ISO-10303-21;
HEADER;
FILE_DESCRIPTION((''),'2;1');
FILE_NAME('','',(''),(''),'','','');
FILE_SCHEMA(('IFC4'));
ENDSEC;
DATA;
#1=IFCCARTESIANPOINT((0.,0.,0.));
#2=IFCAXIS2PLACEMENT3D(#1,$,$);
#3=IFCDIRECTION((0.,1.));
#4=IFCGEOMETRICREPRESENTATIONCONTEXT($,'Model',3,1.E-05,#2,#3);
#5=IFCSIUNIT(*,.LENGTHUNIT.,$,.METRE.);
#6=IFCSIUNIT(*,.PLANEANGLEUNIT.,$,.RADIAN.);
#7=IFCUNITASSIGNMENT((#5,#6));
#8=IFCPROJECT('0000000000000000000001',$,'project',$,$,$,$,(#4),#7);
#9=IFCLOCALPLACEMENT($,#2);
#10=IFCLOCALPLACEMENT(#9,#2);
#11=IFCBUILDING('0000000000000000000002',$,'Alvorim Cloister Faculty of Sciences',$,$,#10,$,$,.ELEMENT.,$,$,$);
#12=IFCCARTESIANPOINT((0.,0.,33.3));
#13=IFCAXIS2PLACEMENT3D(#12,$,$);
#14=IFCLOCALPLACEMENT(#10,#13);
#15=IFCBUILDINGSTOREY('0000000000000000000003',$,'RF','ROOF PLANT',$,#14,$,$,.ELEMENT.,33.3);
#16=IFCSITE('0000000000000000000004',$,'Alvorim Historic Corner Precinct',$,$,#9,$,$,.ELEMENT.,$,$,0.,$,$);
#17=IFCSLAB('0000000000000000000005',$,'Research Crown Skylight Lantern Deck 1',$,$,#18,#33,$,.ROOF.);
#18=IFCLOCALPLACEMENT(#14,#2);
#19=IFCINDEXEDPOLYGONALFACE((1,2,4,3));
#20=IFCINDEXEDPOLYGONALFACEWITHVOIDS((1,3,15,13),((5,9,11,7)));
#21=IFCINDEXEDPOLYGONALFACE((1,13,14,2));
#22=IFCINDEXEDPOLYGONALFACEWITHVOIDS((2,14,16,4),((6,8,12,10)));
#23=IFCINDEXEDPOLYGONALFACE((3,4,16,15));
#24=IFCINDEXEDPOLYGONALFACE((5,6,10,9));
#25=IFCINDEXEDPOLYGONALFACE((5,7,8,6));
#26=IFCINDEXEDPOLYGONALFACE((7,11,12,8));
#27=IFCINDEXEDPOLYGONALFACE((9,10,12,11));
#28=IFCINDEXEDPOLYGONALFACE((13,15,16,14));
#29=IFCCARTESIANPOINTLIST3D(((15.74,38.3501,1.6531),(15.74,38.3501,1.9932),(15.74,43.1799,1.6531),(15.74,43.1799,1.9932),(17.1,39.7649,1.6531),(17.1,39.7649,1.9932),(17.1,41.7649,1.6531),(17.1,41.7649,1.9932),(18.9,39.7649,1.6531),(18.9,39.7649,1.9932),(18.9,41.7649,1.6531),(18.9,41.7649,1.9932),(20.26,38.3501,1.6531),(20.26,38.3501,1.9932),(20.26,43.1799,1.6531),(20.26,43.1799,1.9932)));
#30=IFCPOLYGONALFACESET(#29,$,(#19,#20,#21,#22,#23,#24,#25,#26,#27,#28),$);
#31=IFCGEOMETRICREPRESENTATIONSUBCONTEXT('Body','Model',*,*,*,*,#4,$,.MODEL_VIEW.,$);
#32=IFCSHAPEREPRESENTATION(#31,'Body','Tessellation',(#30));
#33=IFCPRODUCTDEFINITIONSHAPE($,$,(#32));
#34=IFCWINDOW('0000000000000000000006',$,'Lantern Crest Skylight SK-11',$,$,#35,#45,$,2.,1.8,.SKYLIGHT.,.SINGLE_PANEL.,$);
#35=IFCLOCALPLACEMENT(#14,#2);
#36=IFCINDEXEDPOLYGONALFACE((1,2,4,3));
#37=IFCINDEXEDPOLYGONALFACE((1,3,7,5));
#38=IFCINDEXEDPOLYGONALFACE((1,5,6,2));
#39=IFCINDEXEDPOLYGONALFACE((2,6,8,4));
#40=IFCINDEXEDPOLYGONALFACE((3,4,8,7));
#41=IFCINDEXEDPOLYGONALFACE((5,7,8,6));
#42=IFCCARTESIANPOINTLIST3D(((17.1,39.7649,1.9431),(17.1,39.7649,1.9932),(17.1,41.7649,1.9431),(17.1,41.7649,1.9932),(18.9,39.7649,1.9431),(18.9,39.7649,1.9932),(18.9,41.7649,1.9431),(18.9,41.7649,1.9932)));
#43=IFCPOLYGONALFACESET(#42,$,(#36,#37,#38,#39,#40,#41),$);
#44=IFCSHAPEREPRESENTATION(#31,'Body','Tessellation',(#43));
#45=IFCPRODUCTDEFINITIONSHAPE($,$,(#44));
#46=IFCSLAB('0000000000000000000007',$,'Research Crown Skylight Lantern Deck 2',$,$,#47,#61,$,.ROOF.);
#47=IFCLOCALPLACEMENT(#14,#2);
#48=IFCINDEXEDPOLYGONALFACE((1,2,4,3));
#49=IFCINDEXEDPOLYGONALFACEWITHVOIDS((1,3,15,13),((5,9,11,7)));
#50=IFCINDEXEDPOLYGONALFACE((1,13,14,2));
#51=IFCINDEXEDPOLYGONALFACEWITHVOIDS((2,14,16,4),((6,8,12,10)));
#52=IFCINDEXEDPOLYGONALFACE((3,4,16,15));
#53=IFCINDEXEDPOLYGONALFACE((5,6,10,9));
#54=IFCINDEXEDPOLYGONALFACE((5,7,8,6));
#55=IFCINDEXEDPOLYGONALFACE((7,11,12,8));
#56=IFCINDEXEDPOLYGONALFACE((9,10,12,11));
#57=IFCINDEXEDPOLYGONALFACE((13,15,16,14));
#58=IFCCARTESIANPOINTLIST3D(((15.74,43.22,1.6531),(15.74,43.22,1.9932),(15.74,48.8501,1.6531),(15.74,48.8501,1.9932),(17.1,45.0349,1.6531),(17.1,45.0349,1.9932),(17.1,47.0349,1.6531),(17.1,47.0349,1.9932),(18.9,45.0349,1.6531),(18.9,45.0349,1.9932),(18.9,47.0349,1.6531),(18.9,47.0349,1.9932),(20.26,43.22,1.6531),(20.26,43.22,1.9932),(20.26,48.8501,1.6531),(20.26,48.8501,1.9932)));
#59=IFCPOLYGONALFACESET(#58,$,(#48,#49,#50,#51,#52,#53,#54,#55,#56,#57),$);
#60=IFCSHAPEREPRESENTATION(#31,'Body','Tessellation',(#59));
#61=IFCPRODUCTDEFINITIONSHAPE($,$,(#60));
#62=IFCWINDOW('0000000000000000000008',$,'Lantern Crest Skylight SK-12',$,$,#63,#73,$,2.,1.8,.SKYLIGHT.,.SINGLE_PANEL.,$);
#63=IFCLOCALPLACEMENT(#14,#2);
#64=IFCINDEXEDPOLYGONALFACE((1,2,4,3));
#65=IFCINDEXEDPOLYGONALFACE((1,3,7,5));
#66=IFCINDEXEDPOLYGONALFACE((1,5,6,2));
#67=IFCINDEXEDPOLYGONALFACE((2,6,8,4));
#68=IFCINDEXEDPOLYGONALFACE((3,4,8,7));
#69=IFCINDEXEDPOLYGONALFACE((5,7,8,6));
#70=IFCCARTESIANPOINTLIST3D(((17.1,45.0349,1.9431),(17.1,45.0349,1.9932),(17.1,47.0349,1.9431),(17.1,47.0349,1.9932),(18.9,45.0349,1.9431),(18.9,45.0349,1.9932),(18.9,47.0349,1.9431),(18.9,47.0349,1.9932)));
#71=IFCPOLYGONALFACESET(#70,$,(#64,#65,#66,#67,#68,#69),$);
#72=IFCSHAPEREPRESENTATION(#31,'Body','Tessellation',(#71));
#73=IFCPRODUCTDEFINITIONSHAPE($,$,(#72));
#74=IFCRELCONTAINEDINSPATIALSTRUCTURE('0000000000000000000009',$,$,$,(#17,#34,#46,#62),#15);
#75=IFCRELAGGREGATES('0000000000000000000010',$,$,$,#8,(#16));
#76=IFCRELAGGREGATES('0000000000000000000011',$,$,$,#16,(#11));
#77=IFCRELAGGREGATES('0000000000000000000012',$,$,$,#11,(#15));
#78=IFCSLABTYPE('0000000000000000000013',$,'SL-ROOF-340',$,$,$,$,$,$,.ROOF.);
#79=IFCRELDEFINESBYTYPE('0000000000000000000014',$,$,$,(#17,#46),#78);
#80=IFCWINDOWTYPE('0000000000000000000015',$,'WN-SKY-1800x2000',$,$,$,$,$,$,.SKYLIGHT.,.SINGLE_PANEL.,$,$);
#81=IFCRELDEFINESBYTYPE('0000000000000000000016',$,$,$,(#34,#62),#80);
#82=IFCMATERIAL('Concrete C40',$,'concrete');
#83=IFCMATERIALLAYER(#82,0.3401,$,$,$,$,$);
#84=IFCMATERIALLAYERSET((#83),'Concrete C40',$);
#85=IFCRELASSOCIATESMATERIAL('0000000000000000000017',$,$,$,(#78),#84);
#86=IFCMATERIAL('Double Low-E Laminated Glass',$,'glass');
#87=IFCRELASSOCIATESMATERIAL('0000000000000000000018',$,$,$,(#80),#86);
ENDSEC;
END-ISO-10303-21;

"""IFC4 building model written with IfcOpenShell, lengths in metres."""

from ifc_helpers import new_model, si_unit, direction, frame, origin, origin_2d, place, context, subcontext, project, spatial, polyline, rectangle, outline, extrude, material, layer, layer_set, type_object, element, fill, save


model = new_model("IFC4")

# Units and contexts
model_context = context("Model", 3, precision=1e-05, world=origin(), true_north=direction((0.0, 1.0)))
body_context = subcontext(model_context, "Body", "Model", "MODEL_VIEW")
ifc_project = project(units=[si_unit("LENGTHUNIT", "METRE"), si_unit("PLANEANGLEUNIT", "RADIAN")], contexts=[model_context])

# Site, building, storey
site_placement = place(None, origin())
site = spatial("IfcSite", under=ifc_project, at=site_placement, Name="Alvorim Historic Corner Precinct", CompositionType="ELEMENT", RefElevation=0.0)
building_placement = place(site_placement, origin())
building = spatial("IfcBuilding", under=site, at=building_placement, Name="Alvorim Cloister Faculty of Sciences", CompositionType="ELEMENT")
storey_placement = place(building_placement, frame((0.0, 0.0, 33.3)))
storey = spatial("IfcBuildingStorey", under=building, at=storey_placement, Name="RF", Description="ROOF PLANT", CompositionType="ELEMENT", Elevation=33.3)

# Shared definitions
ifc_material_1 = material(Name="Double Low-E Laminated Glass", Category="glass")

# Slabs, openings, windows
ifc_material_2 = material(Name="Concrete C40", Category="concrete")
ifc_layer_1 = layer(ifc_material_2, 0.3401)
ifc_layer_set_1 = layer_set([ifc_layer_1], Name="Concrete C40")
slab_type_1 = type_object("IfcSlabType", Name="SL-ROOF-340", PredefinedType="ROOF", material=ifc_layer_set_1)
slab_1_placement = place(storey_placement, frame((0.0, 0.0, 1.6531)))
slab_1 = element("IfcSlab", 1, at=slab_1_placement, inside=storey, type_object=slab_type_1, Name="Research Crown Skylight Lantern Deck 1", PredefinedType="ROOF", context=body_context, shape_type="SweptSolid", body=[
    extrude(outline(polyline([(15.74, 38.3501), (20.26, 38.3501), (20.26, 43.1799), (15.74, 43.1799), (15.74, 38.3501)])), origin(), (0.0, 0.0, 1.0), 0.3401),
])
opening_1_placement = place(slab_1_placement, frame((18.0, 40.7649, -0.012)))
opening_1 = element("IfcOpeningElement", 2, at=opening_1_placement, cuts=slab_1, PredefinedType="OPENING", context=body_context, shape_type="SweptSolid", body=[
    extrude(rectangle(XDim=1.8, YDim=2.0, at=origin_2d()), origin(), (0.0, 0.0, 1.0), 0.364),
])
window_type_1 = type_object("IfcWindowType", Name="WN-SKY-1800x2000", PartitioningType="SINGLE_PANEL", PredefinedType="SKYLIGHT", material=ifc_material_1)
window_1_placement = place(slab_1_placement, frame((18.0, 40.7649, 0.29)))
window_1 = element("IfcWindow", 3, at=window_1_placement, inside=storey, type_object=window_type_1, Name="Lantern Crest Skylight SK-11", OverallHeight=2.0, OverallWidth=1.8, PartitioningType="SINGLE_PANEL", PredefinedType="SKYLIGHT", context=body_context, shape_type="SweptSolid", body=[
    extrude(rectangle(XDim=1.8, YDim=2.0, at=origin_2d()), origin(), (0.0, 0.0, 1.0), 0.05),
])
fill(opening_1, window_1)
slab_2_placement = place(storey_placement, frame((0.0, 0.0, 1.6531)))
slab_2 = element("IfcSlab", 4, at=slab_2_placement, inside=storey, type_object=slab_type_1, Name="Research Crown Skylight Lantern Deck 2", PredefinedType="ROOF", context=body_context, shape_type="SweptSolid", body=[
    extrude(outline(polyline([(15.74, 43.22), (20.26, 43.22), (20.26, 48.8501), (15.74, 48.8501), (15.74, 43.22)])), origin(), (0.0, 0.0, 1.0), 0.3401),
])
opening_2_placement = place(slab_2_placement, frame((18.0, 46.0349, -0.012)))
opening_2 = element("IfcOpeningElement", 5, at=opening_2_placement, cuts=slab_2, PredefinedType="OPENING", context=body_context, shape_type="SweptSolid", body=[
    extrude(rectangle(XDim=1.8, YDim=2.0, at=origin_2d()), origin(), (0.0, 0.0, 1.0), 0.364),
])
window_2_placement = place(slab_2_placement, frame((18.0, 46.0349, 0.29)))
window_2 = element("IfcWindow", 6, at=window_2_placement, inside=storey, type_object=window_type_1, Name="Lantern Crest Skylight SK-12", OverallHeight=2.0, OverallWidth=1.8, PartitioningType="SINGLE_PANEL", PredefinedType="SKYLIGHT", context=body_context, shape_type="SweptSolid", body=[
    extrude(rectangle(XDim=1.8, YDim=2.0, at=origin_2d()), origin(), (0.0, 0.0, 1.0), 0.05),
])
fill(opening_2, window_2)

save(model, "model.ifc")
